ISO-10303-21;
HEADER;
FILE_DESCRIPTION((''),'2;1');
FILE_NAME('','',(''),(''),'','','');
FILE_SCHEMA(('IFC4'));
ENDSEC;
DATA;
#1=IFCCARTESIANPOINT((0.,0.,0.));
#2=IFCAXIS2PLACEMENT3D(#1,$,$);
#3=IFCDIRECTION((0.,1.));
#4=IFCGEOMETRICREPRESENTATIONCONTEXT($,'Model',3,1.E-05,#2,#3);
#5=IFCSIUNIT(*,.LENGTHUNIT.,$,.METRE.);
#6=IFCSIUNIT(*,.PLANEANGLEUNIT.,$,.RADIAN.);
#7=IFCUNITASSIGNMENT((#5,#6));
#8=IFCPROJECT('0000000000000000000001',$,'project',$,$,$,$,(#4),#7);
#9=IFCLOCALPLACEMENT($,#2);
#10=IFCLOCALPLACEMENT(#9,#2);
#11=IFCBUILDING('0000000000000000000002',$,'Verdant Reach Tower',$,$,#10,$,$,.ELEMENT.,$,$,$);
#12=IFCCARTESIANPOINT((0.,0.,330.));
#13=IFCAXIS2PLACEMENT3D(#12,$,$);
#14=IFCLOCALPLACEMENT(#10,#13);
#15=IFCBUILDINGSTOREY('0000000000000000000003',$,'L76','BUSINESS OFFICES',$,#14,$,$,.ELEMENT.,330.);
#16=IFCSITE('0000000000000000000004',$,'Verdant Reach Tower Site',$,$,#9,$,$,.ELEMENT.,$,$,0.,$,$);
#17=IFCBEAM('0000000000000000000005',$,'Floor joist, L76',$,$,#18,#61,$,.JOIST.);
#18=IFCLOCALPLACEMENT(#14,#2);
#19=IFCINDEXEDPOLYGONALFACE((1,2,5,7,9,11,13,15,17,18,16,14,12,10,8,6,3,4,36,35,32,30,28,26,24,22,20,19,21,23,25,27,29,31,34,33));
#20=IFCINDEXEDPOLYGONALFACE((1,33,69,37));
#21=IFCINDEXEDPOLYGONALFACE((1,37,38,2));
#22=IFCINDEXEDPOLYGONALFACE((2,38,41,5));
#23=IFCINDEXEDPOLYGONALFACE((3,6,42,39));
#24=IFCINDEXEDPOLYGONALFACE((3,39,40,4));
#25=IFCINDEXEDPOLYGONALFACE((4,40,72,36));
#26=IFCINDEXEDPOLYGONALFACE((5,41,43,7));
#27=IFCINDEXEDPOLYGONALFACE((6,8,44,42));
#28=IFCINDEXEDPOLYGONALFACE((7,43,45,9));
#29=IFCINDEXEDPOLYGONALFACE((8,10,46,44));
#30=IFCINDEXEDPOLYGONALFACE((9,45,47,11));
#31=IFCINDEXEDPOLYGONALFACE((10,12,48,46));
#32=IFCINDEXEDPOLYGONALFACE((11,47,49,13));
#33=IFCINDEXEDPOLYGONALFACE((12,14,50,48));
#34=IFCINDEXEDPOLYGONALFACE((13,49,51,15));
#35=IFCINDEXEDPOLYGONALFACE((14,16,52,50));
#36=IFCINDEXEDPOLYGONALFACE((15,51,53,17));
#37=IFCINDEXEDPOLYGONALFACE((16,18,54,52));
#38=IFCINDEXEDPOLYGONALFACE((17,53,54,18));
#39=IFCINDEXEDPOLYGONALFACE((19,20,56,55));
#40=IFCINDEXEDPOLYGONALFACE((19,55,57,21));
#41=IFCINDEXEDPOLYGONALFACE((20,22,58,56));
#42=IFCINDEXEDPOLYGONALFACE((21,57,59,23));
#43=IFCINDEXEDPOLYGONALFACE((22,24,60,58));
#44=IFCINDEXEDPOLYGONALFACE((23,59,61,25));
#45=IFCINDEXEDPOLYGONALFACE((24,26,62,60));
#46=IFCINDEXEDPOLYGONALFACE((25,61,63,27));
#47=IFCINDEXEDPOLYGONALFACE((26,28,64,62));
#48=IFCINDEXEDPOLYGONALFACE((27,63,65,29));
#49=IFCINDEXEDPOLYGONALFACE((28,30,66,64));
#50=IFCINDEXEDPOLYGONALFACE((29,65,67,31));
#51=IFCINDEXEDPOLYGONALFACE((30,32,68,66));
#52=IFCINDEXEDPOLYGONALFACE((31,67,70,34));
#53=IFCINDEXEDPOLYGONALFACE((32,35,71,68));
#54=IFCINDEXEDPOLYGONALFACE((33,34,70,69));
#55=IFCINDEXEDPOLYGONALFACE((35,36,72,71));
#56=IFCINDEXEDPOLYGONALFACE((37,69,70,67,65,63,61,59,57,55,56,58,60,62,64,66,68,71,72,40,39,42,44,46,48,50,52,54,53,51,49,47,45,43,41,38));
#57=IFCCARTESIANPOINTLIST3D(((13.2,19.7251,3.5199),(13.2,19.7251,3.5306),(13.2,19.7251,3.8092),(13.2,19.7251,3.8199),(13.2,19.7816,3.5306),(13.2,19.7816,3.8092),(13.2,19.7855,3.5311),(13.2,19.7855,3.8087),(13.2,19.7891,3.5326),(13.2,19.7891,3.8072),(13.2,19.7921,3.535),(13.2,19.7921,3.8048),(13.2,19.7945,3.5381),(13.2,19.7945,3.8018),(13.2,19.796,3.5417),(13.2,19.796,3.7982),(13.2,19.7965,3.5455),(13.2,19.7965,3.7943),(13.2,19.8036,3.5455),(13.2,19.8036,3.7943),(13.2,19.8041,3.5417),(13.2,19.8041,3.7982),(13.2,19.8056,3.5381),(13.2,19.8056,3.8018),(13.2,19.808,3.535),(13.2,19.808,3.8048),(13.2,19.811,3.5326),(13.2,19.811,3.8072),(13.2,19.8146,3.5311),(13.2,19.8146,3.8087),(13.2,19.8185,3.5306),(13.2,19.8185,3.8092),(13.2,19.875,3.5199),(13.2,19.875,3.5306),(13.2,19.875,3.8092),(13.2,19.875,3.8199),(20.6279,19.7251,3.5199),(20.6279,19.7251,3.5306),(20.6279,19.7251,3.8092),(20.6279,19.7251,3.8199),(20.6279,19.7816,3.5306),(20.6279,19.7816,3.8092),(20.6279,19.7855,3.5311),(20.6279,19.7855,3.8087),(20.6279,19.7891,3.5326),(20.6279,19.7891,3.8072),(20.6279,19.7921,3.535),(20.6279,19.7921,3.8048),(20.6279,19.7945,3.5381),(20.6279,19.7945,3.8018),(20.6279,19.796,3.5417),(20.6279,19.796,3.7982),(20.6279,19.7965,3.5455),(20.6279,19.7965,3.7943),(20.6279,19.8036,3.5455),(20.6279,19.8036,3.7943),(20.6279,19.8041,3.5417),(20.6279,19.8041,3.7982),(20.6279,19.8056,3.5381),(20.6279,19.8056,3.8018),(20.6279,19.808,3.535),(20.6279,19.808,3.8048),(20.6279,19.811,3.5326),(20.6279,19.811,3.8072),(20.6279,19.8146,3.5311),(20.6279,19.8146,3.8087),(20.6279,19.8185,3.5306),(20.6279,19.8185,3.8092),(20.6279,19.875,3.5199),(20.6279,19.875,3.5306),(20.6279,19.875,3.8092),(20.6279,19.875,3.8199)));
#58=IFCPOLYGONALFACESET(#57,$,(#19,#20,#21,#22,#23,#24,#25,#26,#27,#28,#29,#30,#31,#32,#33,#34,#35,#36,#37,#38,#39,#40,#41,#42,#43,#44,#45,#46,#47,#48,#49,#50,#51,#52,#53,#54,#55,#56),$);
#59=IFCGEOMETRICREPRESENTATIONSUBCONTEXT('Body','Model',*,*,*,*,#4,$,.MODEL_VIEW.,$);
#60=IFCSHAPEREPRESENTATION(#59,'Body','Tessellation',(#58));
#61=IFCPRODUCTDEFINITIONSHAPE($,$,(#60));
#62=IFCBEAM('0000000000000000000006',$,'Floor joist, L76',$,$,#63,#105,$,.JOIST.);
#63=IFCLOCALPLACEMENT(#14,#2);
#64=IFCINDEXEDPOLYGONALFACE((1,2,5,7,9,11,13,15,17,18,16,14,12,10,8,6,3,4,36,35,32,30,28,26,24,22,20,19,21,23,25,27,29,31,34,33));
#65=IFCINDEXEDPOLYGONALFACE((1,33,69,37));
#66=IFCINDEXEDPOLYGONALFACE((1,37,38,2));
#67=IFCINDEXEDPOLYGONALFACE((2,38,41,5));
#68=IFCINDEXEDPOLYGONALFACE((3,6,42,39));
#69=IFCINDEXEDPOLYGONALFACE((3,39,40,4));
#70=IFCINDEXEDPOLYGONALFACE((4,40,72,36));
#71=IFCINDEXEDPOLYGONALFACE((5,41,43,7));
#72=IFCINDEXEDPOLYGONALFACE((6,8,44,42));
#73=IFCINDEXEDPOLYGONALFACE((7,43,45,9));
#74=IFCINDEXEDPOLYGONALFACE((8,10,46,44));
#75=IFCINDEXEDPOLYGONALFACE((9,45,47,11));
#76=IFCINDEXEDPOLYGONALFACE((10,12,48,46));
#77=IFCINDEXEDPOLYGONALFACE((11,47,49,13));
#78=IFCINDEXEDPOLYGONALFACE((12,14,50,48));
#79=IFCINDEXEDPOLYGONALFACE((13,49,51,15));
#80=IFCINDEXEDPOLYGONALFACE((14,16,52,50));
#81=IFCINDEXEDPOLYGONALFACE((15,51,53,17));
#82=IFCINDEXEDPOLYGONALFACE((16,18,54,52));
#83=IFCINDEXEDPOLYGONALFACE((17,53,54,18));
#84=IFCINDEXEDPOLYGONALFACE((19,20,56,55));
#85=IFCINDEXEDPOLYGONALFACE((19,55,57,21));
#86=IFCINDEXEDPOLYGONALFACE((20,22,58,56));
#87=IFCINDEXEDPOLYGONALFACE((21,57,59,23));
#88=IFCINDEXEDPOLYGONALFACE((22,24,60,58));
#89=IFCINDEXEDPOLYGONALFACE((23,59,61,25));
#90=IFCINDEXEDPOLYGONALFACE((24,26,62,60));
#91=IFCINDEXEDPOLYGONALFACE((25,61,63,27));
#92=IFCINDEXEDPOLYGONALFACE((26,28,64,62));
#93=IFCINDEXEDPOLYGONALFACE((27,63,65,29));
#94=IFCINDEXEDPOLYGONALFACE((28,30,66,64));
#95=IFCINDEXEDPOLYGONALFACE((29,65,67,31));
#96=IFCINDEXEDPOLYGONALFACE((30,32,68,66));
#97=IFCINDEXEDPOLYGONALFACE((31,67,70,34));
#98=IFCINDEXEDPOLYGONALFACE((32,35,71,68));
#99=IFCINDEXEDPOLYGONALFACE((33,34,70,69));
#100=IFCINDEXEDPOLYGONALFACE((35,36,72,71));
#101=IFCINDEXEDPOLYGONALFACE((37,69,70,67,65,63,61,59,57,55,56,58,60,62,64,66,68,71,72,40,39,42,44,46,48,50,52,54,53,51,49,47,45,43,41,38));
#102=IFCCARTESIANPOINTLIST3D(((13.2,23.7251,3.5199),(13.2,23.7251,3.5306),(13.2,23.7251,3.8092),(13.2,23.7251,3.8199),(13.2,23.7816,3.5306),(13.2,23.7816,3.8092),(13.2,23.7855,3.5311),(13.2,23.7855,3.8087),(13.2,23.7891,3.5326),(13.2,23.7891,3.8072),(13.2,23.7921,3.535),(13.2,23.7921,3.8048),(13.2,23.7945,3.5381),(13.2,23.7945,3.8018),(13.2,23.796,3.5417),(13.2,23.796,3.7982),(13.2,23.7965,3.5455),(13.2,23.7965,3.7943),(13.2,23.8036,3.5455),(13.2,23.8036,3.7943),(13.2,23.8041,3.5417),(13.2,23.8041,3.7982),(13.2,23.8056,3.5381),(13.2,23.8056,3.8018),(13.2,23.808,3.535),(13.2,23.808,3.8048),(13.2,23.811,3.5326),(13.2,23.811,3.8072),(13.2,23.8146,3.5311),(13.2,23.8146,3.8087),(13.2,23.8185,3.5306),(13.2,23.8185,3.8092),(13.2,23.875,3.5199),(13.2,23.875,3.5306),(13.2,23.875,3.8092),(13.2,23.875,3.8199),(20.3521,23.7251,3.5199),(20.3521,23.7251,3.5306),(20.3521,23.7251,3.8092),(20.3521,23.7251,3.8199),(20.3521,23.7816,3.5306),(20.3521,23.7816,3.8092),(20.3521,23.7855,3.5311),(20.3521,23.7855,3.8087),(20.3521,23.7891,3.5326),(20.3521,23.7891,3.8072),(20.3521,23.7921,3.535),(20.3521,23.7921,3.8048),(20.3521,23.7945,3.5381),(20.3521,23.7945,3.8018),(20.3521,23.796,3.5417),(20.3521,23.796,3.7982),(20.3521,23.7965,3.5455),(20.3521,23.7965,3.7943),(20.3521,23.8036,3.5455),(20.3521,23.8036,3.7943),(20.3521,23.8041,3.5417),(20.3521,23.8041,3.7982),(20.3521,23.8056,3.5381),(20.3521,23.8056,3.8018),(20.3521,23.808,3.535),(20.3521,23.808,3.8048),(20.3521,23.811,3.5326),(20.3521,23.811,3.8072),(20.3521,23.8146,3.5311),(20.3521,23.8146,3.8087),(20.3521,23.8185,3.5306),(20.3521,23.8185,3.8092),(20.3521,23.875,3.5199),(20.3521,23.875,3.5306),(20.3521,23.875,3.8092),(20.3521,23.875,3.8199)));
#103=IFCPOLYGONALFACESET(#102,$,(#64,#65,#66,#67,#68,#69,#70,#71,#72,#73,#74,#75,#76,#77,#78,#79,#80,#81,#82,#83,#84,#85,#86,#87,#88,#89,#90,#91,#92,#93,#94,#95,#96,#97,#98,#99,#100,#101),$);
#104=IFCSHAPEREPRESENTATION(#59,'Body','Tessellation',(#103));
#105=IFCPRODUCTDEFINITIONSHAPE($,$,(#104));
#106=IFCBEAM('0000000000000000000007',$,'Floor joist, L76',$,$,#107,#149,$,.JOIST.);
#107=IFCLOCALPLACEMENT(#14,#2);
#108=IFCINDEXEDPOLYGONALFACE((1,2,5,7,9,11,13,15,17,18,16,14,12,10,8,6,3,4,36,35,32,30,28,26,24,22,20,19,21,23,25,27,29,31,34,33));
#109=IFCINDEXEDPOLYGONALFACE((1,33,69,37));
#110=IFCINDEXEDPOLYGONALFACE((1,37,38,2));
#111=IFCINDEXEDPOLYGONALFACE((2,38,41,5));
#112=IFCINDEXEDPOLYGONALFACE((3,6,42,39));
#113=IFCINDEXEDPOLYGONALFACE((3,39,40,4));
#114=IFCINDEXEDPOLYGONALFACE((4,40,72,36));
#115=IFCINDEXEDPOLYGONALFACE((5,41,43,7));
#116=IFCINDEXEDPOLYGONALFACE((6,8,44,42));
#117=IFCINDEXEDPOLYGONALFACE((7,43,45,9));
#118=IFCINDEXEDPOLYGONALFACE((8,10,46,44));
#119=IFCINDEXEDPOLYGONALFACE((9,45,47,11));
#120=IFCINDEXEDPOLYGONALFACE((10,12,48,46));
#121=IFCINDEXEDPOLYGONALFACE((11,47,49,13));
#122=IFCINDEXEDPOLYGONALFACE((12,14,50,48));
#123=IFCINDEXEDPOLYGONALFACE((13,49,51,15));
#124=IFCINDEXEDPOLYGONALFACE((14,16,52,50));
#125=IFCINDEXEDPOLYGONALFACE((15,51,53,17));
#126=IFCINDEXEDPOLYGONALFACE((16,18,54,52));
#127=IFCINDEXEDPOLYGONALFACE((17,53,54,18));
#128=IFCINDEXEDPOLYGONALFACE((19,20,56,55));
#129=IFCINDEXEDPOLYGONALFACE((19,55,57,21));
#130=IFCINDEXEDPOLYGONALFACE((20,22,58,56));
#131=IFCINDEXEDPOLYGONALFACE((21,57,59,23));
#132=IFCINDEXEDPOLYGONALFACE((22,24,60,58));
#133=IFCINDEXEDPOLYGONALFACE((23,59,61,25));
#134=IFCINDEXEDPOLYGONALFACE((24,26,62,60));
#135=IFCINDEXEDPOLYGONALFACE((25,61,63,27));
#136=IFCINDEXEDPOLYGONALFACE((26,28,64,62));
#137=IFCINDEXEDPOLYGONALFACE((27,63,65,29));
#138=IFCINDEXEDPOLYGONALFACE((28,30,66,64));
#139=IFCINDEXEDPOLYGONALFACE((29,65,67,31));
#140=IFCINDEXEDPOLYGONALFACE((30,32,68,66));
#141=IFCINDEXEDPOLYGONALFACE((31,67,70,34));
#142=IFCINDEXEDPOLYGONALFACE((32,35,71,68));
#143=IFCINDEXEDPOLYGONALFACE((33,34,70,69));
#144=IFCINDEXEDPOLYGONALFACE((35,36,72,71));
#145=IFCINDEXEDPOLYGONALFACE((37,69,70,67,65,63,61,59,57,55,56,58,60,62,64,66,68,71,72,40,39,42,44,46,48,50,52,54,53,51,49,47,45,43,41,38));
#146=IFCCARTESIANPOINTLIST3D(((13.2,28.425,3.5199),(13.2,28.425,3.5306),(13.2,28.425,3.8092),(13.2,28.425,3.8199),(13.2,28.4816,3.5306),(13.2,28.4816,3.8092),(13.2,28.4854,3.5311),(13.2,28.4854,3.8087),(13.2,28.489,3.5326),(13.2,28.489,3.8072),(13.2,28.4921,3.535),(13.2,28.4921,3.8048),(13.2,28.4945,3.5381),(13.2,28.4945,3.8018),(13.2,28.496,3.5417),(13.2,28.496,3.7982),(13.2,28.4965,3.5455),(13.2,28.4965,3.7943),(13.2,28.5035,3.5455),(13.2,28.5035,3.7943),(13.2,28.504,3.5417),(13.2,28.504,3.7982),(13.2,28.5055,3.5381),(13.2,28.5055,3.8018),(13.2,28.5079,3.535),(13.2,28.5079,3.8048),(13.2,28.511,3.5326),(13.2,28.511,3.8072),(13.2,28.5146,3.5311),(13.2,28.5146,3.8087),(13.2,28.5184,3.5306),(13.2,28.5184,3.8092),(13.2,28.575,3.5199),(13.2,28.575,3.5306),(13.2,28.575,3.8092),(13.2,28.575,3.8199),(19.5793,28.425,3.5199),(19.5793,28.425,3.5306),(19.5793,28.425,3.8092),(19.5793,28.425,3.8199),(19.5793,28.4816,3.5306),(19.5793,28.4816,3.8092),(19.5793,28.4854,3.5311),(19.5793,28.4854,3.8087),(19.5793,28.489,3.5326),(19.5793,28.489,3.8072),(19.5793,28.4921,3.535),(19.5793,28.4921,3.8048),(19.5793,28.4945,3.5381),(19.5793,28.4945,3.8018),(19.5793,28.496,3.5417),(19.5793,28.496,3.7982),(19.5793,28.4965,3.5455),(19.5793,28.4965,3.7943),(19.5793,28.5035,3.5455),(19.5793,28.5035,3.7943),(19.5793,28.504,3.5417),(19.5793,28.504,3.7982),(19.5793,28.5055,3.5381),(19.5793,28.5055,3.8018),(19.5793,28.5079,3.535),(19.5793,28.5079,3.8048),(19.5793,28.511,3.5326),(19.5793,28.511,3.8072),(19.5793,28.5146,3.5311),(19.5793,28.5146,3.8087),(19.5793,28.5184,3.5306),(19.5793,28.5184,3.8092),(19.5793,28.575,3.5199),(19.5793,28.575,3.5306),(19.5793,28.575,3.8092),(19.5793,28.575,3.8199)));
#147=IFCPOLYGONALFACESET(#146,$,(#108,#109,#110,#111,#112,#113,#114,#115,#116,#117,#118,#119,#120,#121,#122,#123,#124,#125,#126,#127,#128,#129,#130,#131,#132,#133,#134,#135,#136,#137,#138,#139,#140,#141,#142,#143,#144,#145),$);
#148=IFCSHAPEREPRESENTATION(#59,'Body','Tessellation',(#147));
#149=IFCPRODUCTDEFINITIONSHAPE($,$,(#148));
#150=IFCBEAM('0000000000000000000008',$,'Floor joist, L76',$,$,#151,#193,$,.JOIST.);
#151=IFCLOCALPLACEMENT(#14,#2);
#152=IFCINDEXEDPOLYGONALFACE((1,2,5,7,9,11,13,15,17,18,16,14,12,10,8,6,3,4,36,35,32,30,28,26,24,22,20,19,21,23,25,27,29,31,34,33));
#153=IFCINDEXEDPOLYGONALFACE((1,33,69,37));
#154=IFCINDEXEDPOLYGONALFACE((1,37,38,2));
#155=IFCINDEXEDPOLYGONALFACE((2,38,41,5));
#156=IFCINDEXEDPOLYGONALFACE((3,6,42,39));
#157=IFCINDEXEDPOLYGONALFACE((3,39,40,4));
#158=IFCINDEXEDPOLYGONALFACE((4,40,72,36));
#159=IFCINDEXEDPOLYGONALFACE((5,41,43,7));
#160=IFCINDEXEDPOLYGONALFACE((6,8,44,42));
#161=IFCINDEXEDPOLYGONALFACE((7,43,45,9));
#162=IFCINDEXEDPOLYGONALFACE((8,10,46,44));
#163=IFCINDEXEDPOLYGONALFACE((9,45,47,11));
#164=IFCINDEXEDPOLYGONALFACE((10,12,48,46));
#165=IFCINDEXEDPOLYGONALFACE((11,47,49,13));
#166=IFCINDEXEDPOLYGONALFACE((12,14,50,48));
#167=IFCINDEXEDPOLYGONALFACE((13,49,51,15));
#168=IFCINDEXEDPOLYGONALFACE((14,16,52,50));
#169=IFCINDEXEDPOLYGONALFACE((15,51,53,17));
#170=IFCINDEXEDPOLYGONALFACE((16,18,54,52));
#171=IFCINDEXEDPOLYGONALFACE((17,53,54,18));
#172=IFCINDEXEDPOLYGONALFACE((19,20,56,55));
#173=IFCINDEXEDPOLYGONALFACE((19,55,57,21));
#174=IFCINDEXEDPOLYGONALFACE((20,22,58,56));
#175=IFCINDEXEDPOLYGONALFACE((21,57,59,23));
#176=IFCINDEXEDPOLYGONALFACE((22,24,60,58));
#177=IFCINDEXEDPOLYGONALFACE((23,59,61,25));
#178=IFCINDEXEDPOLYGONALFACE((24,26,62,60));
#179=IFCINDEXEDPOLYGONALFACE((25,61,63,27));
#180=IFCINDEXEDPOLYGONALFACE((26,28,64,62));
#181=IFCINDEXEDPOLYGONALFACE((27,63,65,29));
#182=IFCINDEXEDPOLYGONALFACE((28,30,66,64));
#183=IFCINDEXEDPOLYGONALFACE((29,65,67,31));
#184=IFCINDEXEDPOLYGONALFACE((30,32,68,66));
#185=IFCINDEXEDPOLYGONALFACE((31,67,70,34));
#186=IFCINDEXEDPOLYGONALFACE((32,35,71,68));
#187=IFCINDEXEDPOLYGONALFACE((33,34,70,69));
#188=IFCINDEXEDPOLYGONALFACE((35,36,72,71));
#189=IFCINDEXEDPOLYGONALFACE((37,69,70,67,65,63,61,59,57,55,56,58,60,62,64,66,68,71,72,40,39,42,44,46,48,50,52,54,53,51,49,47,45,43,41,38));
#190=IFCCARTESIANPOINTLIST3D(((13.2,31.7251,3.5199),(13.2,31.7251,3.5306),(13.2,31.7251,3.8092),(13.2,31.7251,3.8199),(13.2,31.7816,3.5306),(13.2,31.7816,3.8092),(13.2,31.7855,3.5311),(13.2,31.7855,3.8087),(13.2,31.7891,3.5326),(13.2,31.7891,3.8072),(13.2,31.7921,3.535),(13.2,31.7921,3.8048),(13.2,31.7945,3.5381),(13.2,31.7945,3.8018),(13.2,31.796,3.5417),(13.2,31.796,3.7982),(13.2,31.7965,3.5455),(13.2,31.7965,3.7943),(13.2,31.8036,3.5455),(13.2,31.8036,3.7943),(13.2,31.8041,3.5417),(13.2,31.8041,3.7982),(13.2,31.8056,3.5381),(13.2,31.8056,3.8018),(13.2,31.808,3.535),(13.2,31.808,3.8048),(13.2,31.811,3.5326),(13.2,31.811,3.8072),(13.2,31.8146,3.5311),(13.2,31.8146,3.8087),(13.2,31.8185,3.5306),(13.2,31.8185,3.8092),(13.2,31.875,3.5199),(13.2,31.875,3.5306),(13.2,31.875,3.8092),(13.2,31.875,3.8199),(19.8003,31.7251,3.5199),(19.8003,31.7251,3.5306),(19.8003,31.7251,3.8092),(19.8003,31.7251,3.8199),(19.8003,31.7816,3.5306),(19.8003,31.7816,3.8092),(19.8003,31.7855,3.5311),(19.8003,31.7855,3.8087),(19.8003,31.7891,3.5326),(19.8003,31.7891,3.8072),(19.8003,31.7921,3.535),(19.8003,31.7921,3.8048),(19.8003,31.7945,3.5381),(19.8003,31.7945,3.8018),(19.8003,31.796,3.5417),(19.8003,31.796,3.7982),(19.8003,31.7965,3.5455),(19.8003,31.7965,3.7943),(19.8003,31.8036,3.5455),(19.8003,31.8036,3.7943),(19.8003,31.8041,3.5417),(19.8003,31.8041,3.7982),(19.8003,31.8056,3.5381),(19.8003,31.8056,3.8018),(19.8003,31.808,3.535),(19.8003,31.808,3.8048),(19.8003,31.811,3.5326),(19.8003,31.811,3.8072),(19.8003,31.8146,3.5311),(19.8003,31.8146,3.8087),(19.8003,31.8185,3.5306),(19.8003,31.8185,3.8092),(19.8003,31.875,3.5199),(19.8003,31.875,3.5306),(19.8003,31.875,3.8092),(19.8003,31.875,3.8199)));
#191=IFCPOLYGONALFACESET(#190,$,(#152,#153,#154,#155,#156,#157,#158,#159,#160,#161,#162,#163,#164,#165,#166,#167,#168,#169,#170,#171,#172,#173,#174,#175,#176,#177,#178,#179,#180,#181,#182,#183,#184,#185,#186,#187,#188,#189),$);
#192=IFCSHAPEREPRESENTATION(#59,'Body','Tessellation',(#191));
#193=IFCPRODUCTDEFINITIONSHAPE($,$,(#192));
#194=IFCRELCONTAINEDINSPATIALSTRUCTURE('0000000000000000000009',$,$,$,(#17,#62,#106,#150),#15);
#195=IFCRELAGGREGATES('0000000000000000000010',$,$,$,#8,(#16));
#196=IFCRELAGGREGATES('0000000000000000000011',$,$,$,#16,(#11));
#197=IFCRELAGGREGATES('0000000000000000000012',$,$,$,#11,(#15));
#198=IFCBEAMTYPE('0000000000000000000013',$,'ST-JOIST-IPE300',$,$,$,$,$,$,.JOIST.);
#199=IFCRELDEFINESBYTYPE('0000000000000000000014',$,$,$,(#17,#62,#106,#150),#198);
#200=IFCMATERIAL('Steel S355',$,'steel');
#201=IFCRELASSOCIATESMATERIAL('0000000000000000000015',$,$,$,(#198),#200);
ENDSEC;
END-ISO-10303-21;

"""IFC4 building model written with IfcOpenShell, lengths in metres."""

from ifc_helpers import new_model, si_unit, direction, frame, origin, origin_2d, place, context, subcontext, project, spatial, i_section, extrude, material, material_profile, profile_set, type_object, element, save


model = new_model("IFC4")

# Units and contexts
model_context = context("Model", 3, precision=1e-05, world=origin(), true_north=direction((0.0, 1.0)))
body_context = subcontext(model_context, "Body", "Model", "MODEL_VIEW")
ifc_project = project(units=[si_unit("LENGTHUNIT", "METRE"), si_unit("PLANEANGLEUNIT", "RADIAN")], contexts=[model_context])

# Site, building, storey
site_placement = place(None, origin())
site = spatial("IfcSite", under=ifc_project, at=site_placement, Name="Verdant Reach Tower Site", CompositionType="ELEMENT", RefElevation=0.0)
building_placement = place(site_placement, origin())
building = spatial("IfcBuilding", under=site, at=building_placement, Name="Verdant Reach Tower", CompositionType="ELEMENT")
storey_placement = place(building_placement, frame((0.0, 0.0, 330.0)))
storey = spatial("IfcBuildingStorey", under=building, at=storey_placement, Name="L76", Description="BUSINESS OFFICES", CompositionType="ELEMENT", Elevation=330.0)

# Beams
ifc_material_1 = material(Name="Steel S355", Category="steel")
ifc_material_profile = material_profile(ifc_material_1, i_section(OverallWidth=0.1499, OverallDepth=0.3, WebThickness=0.0071, FlangeThickness=0.0107, FilletRadius=0.0149, at=origin_2d()), Name="IPE 300")
ifc_profile_set = profile_set([ifc_material_profile], Name="Steel S355")
beam_type = type_object("IfcBeamType", Name="ST-JOIST-IPE300", PredefinedType="JOIST", material=ifc_profile_set)
beam_1_placement = place(storey_placement, frame((13.2, 19.8, 3.6699), z_axis=(1.0, 0.0, 0.0), x_axis=(0.0, 1.0, 0.0)))
element("IfcBeam", 1, at=beam_1_placement, inside=storey, type_object=beam_type, Name="Floor joist, L76", PredefinedType="JOIST", context=body_context, shape_type="SweptSolid", body=[
    extrude(i_section(OverallWidth=0.1499, OverallDepth=0.3, WebThickness=0.0071, FlangeThickness=0.0107, FilletRadius=0.0149, at=origin_2d()), origin(), (0.0, 0.0, 1.0), 7.428),
])
beam_2_placement = place(storey_placement, frame((13.2, 23.8, 3.6699), z_axis=(1.0, 0.0, 0.0), x_axis=(0.0, 1.0, 0.0)))
element("IfcBeam", 2, at=beam_2_placement, inside=storey, type_object=beam_type, Name="Floor joist, L76", PredefinedType="JOIST", context=body_context, shape_type="SweptSolid", body=[
    extrude(i_section(OverallWidth=0.1499, OverallDepth=0.3, WebThickness=0.0071, FlangeThickness=0.0107, FilletRadius=0.0149, at=origin_2d()), origin(), (0.0, 0.0, 1.0), 7.1521),
])
beam_3_placement = place(storey_placement, frame((13.2, 28.5, 3.6699), z_axis=(1.0, 0.0, 0.0), x_axis=(0.0, 1.0, 0.0)))
element("IfcBeam", 3, at=beam_3_placement, inside=storey, type_object=beam_type, Name="Floor joist, L76", PredefinedType="JOIST", context=body_context, shape_type="SweptSolid", body=[
    extrude(i_section(OverallWidth=0.1499, OverallDepth=0.3, WebThickness=0.0071, FlangeThickness=0.0107, FilletRadius=0.0149, at=origin_2d()), origin(), (0.0, 0.0, 1.0), 6.3794),
])
beam_4_placement = place(storey_placement, frame((13.2, 31.8, 3.6699), z_axis=(1.0, 0.0, 0.0), x_axis=(0.0, 1.0, 0.0)))
element("IfcBeam", 4, at=beam_4_placement, inside=storey, type_object=beam_type, Name="Floor joist, L76", PredefinedType="JOIST", context=body_context, shape_type="SweptSolid", body=[
    extrude(i_section(OverallWidth=0.1499, OverallDepth=0.3, WebThickness=0.0071, FlangeThickness=0.0107, FilletRadius=0.0149, at=origin_2d()), origin(), (0.0, 0.0, 1.0), 6.6003),
])

save(model, "model.ifc")
